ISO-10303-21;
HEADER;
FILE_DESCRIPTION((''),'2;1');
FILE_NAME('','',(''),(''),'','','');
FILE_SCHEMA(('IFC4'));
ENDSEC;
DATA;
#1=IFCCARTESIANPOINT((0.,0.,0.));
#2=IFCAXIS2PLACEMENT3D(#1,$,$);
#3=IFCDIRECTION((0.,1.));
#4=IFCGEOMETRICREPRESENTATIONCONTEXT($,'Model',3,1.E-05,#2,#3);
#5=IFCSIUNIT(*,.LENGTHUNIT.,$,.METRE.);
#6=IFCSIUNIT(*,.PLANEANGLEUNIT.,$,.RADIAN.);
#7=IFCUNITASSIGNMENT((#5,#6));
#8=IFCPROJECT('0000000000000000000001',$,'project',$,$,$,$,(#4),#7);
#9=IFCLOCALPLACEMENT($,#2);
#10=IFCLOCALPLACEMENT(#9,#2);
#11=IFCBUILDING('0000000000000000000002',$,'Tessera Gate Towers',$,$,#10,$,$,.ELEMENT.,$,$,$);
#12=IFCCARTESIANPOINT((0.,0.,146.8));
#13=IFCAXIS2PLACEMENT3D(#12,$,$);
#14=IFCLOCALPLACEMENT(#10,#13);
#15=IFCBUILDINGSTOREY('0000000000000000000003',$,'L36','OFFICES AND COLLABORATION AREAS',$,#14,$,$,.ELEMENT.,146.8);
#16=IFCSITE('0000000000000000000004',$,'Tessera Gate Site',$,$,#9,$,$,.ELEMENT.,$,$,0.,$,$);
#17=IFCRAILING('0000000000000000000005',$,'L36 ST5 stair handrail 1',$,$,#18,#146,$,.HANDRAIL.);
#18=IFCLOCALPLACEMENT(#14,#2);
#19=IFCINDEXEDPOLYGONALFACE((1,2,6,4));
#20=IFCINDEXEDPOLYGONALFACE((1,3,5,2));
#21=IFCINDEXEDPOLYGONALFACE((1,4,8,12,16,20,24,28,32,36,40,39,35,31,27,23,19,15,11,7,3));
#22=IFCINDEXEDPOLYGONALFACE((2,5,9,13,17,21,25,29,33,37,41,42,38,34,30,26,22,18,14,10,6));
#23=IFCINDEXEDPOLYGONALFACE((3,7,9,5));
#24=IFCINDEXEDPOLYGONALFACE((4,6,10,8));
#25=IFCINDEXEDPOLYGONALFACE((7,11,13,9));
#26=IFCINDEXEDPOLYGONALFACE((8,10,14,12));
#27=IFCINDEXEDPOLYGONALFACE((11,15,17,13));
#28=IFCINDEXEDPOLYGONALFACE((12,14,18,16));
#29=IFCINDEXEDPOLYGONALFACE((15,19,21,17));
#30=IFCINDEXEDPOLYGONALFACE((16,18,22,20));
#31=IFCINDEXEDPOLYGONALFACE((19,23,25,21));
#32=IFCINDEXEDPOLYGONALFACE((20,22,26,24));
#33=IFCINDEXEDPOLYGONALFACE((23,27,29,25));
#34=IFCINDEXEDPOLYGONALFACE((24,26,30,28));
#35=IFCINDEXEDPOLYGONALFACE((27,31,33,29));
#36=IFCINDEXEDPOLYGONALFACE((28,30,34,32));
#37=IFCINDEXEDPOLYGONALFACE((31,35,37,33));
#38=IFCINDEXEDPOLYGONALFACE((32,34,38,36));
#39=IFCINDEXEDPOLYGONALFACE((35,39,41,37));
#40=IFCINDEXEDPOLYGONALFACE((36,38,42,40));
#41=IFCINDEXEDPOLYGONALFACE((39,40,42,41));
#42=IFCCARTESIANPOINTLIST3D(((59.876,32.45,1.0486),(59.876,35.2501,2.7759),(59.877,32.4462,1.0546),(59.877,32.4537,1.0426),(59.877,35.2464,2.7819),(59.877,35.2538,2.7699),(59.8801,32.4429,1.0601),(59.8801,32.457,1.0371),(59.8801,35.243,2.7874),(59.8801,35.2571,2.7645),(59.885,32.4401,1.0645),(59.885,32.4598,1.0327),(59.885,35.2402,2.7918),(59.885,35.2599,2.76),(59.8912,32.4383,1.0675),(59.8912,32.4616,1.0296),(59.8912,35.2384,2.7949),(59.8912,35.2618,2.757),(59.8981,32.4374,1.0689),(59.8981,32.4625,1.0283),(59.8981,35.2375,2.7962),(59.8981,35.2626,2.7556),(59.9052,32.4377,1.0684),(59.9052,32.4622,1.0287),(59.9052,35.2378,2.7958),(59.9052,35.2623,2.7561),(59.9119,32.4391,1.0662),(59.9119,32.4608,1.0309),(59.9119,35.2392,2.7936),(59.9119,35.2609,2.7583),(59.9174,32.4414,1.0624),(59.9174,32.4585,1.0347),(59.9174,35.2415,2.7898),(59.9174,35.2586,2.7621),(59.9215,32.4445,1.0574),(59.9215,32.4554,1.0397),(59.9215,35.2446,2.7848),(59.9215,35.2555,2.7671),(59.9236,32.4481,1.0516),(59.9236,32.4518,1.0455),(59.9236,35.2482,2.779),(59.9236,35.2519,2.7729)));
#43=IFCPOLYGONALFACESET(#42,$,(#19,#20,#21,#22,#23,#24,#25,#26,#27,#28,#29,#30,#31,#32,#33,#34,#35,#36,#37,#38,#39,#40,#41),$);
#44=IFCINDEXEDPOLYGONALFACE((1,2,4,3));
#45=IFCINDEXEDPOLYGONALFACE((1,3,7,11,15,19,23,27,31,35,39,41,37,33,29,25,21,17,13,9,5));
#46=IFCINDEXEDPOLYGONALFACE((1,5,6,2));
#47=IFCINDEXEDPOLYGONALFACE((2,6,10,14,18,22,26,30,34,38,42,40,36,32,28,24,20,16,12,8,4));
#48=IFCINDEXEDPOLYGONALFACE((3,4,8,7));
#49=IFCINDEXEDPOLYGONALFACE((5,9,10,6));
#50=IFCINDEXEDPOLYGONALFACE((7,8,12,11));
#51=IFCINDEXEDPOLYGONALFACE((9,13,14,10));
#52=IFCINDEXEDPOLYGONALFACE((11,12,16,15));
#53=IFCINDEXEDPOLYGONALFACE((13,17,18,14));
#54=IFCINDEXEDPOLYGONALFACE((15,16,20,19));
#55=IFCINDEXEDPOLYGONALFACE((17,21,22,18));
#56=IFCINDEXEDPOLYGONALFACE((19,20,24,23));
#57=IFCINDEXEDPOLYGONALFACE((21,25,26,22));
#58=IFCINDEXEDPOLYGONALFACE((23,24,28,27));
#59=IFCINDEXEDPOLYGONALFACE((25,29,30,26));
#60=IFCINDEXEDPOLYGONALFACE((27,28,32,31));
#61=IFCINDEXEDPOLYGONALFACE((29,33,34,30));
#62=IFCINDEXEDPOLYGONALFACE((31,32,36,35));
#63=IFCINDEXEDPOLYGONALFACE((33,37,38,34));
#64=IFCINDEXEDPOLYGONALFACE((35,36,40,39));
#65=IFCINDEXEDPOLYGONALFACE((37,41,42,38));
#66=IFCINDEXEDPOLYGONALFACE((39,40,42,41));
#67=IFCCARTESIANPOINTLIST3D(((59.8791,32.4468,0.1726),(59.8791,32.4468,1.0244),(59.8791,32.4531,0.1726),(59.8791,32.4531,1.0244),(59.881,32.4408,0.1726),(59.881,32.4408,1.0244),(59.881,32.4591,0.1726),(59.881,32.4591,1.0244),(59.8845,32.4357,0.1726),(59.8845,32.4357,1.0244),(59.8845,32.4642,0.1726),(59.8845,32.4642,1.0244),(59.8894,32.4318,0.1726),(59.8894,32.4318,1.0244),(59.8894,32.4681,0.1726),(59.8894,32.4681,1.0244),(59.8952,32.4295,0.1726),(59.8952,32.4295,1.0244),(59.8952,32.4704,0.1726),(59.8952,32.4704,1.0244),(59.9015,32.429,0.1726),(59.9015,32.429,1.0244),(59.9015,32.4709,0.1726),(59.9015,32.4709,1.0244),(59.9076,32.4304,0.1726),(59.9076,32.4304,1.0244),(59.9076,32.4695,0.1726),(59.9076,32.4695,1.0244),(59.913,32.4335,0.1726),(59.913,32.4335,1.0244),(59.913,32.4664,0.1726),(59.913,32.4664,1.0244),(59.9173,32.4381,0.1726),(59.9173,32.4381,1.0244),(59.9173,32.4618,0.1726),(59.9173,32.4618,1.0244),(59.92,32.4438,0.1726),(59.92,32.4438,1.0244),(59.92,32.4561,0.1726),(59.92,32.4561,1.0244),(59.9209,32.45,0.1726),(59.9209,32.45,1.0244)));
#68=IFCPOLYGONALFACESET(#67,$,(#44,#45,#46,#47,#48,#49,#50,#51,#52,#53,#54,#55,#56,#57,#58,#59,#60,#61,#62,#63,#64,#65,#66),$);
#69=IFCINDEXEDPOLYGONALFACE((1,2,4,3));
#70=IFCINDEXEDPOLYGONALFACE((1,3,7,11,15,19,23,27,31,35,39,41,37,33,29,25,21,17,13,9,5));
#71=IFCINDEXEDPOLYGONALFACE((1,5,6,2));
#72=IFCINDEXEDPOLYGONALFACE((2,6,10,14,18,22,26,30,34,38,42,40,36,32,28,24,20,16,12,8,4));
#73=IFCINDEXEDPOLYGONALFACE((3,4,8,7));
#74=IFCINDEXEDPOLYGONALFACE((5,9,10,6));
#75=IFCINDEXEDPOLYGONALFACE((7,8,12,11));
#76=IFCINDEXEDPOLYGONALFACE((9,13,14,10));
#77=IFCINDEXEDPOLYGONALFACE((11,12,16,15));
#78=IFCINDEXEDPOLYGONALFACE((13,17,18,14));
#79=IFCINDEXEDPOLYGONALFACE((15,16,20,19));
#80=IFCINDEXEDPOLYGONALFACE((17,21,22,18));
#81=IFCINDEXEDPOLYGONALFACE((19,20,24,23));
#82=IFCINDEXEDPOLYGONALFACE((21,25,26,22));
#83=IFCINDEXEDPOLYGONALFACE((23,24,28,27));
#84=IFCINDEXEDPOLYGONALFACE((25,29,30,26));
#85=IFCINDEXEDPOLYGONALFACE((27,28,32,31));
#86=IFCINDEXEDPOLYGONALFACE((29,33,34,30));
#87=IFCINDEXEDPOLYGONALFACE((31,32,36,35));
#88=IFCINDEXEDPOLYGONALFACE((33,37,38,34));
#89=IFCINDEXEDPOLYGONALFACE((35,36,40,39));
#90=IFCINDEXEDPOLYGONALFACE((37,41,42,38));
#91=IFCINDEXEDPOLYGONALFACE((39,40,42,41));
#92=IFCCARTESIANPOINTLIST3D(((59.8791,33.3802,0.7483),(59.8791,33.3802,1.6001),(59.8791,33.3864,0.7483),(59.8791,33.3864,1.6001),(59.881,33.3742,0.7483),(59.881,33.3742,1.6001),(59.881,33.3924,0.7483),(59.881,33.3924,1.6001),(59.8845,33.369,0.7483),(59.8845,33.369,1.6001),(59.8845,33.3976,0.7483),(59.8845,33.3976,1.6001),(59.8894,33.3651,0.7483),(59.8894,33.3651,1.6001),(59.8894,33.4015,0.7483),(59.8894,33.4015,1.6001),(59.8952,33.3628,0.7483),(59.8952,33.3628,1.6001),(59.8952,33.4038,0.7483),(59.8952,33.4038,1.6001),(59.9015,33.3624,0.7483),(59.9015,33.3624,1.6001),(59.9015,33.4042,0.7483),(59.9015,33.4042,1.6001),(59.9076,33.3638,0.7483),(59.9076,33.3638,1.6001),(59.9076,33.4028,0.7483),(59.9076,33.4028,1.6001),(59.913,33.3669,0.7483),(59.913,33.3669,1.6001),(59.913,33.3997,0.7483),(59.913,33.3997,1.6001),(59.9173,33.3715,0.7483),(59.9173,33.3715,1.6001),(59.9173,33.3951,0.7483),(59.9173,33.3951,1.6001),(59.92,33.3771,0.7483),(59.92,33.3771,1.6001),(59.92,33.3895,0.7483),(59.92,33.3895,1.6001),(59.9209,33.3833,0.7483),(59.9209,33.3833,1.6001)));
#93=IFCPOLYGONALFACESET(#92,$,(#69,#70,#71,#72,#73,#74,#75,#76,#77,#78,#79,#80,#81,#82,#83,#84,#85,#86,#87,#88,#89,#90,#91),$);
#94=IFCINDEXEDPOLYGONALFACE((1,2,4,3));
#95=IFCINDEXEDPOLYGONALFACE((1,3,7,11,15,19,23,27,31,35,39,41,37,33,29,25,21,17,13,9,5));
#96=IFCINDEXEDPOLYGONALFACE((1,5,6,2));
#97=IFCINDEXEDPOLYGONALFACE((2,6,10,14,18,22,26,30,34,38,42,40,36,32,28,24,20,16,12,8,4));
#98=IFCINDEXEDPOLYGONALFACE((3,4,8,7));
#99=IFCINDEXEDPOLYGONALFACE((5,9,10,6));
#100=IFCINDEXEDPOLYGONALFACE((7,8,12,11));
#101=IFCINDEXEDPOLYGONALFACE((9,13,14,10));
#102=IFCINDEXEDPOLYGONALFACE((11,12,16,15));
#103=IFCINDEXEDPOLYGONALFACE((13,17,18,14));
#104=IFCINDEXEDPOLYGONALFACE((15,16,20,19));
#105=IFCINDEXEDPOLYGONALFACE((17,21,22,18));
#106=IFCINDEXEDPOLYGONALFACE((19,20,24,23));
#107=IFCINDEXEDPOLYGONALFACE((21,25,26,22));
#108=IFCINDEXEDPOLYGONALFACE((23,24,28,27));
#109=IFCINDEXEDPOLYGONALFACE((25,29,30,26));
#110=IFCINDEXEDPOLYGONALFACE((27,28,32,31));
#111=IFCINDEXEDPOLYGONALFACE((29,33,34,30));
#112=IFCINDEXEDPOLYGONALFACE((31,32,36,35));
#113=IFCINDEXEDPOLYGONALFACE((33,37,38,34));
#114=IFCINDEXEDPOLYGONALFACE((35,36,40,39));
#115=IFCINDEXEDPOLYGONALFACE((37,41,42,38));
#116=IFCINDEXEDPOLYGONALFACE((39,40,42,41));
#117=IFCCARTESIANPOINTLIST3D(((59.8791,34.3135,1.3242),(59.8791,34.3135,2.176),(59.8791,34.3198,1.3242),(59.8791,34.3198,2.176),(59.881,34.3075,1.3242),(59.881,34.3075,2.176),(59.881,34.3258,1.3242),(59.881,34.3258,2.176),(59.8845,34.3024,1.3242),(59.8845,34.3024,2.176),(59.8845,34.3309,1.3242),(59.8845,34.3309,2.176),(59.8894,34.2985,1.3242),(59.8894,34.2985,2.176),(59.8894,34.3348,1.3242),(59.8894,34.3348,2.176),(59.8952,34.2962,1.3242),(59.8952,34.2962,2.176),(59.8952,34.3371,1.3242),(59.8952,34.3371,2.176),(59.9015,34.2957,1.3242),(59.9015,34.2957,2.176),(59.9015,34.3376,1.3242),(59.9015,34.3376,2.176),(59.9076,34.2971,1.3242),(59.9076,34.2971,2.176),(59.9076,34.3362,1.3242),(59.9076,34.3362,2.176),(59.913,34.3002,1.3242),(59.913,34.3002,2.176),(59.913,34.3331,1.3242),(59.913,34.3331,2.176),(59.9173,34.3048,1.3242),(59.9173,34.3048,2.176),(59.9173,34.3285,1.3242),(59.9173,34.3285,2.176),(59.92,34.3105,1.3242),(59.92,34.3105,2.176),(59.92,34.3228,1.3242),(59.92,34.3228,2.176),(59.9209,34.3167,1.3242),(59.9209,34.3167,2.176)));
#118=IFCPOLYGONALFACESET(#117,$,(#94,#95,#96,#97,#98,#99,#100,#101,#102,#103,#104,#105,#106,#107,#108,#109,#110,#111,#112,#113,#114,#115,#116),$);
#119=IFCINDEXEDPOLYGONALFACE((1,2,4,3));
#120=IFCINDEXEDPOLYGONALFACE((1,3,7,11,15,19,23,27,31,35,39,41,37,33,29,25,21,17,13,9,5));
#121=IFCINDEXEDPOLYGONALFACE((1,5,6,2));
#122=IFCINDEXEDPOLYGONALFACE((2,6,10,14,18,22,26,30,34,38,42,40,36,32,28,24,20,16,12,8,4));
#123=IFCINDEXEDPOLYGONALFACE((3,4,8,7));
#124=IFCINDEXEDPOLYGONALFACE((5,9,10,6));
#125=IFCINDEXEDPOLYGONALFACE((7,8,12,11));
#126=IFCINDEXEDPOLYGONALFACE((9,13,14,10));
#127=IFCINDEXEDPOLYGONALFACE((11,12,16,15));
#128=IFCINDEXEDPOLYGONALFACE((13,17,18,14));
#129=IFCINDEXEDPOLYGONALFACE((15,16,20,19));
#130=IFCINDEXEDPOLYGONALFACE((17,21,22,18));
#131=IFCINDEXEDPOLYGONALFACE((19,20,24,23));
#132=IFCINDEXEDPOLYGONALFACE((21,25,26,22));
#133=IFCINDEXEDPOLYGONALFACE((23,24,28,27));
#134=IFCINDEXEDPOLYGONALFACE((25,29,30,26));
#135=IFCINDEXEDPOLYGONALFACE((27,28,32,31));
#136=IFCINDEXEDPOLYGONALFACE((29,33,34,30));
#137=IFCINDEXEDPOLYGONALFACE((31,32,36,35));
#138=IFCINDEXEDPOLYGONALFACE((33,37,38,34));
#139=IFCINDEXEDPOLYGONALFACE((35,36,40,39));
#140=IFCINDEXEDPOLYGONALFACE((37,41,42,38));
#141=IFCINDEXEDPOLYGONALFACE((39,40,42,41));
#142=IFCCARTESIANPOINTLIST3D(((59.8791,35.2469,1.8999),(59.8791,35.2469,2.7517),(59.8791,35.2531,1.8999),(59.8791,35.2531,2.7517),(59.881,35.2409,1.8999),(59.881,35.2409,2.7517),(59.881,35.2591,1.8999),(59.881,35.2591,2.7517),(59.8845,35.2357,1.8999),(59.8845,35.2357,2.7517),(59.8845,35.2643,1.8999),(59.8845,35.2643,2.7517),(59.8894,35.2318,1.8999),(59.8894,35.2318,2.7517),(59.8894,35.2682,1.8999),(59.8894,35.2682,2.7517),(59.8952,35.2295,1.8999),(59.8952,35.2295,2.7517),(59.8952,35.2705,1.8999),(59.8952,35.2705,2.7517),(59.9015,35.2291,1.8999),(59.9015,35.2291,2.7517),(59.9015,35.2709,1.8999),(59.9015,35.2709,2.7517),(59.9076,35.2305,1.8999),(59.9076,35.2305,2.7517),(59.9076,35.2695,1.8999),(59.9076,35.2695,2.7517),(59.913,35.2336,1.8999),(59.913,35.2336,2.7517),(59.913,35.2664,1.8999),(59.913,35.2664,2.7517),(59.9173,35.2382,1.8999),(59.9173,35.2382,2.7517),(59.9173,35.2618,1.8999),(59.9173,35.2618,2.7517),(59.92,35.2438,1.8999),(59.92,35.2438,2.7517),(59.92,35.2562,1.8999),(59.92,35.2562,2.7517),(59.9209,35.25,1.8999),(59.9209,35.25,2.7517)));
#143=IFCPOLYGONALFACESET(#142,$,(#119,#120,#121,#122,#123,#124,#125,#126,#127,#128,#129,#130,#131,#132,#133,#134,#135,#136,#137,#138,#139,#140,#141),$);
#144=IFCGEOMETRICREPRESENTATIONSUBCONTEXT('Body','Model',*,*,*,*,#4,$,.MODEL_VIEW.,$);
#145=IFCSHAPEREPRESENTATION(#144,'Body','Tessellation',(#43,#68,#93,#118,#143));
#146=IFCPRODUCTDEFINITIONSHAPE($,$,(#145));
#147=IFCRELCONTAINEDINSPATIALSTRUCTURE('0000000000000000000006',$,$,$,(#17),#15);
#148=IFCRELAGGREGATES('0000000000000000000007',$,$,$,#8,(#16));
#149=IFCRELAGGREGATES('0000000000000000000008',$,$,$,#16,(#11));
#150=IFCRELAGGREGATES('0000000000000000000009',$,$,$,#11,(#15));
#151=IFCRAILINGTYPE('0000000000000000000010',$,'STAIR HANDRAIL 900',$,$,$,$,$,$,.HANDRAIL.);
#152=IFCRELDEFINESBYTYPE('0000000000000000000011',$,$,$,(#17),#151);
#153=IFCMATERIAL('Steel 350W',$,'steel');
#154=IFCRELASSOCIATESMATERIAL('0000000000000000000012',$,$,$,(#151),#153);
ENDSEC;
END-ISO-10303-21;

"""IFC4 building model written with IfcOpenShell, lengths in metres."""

from ifc_helpers import new_model, si_unit, direction, frame, origin, origin_2d, place, context, subcontext, project, spatial, circle, extrude, material, type_object, element, save


model = new_model("IFC4")

# Units and contexts
model_context = context("Model", 3, precision=1e-05, world=origin(), true_north=direction((0.0, 1.0)))
body_context = subcontext(model_context, "Body", "Model", "MODEL_VIEW")
ifc_project = project(units=[si_unit("LENGTHUNIT", "METRE"), si_unit("PLANEANGLEUNIT", "RADIAN")], contexts=[model_context])

# Site, building, storey
site_placement = place(None, origin())
site = spatial("IfcSite", under=ifc_project, at=site_placement, Name="Tessera Gate Site", CompositionType="ELEMENT", RefElevation=0.0)
building_placement = place(site_placement, origin())
building = spatial("IfcBuilding", under=site, at=building_placement, Name="Tessera Gate Towers", CompositionType="ELEMENT")
storey_placement = place(building_placement, frame((0.0, 0.0, 146.8)))
storey = spatial("IfcBuildingStorey", under=building, at=storey_placement, Name="L36", Description="OFFICES AND COLLABORATION AREAS", CompositionType="ELEMENT", Elevation=146.8)

# Railing
ifc_material_1 = material(Name="Steel 350W", Category="steel")
railing_type_1 = type_object("IfcRailingType", Name="STAIR HANDRAIL 900", PredefinedType="HANDRAIL", material=ifc_material_1)
for number, where, name in (
    (1, (59.8999, 32.45, 0.1726), "L36 ST5 stair handrail 1"),
):
    element("IfcRailing", number, at=place(storey_placement, frame(where)), inside=storey, type_object=railing_type_1, Name=name, PredefinedType="HANDRAIL", context=body_context, shape_type="SweptSolid", body=[
        extrude(circle(Radius=0.0239, at=origin_2d()), frame((0.0, 0.0, 0.876), z_axis=(0.0, 0.85109, 0.52502), x_axis=(-1.0, 0.0, 0.0)), (0.0, 0.0, 1.0), 3.29),
        extrude(circle(Radius=0.021, at=origin_2d()), origin(), (0.0, 0.0, 1.0), 0.8518),
        extrude(circle(Radius=0.021, at=origin_2d()), frame((0.0, 0.9333, 0.5757)), (0.0, 0.0, 1.0), 0.8518),
        extrude(circle(Radius=0.021, at=origin_2d()), frame((0.0, 1.8667, 1.1516)), (0.0, 0.0, 1.0), 0.8518),
        extrude(circle(Radius=0.021, at=origin_2d()), frame((0.0, 2.8, 1.7273)), (0.0, 0.0, 1.0), 0.8518),
    ])

save(model, "model.ifc")
